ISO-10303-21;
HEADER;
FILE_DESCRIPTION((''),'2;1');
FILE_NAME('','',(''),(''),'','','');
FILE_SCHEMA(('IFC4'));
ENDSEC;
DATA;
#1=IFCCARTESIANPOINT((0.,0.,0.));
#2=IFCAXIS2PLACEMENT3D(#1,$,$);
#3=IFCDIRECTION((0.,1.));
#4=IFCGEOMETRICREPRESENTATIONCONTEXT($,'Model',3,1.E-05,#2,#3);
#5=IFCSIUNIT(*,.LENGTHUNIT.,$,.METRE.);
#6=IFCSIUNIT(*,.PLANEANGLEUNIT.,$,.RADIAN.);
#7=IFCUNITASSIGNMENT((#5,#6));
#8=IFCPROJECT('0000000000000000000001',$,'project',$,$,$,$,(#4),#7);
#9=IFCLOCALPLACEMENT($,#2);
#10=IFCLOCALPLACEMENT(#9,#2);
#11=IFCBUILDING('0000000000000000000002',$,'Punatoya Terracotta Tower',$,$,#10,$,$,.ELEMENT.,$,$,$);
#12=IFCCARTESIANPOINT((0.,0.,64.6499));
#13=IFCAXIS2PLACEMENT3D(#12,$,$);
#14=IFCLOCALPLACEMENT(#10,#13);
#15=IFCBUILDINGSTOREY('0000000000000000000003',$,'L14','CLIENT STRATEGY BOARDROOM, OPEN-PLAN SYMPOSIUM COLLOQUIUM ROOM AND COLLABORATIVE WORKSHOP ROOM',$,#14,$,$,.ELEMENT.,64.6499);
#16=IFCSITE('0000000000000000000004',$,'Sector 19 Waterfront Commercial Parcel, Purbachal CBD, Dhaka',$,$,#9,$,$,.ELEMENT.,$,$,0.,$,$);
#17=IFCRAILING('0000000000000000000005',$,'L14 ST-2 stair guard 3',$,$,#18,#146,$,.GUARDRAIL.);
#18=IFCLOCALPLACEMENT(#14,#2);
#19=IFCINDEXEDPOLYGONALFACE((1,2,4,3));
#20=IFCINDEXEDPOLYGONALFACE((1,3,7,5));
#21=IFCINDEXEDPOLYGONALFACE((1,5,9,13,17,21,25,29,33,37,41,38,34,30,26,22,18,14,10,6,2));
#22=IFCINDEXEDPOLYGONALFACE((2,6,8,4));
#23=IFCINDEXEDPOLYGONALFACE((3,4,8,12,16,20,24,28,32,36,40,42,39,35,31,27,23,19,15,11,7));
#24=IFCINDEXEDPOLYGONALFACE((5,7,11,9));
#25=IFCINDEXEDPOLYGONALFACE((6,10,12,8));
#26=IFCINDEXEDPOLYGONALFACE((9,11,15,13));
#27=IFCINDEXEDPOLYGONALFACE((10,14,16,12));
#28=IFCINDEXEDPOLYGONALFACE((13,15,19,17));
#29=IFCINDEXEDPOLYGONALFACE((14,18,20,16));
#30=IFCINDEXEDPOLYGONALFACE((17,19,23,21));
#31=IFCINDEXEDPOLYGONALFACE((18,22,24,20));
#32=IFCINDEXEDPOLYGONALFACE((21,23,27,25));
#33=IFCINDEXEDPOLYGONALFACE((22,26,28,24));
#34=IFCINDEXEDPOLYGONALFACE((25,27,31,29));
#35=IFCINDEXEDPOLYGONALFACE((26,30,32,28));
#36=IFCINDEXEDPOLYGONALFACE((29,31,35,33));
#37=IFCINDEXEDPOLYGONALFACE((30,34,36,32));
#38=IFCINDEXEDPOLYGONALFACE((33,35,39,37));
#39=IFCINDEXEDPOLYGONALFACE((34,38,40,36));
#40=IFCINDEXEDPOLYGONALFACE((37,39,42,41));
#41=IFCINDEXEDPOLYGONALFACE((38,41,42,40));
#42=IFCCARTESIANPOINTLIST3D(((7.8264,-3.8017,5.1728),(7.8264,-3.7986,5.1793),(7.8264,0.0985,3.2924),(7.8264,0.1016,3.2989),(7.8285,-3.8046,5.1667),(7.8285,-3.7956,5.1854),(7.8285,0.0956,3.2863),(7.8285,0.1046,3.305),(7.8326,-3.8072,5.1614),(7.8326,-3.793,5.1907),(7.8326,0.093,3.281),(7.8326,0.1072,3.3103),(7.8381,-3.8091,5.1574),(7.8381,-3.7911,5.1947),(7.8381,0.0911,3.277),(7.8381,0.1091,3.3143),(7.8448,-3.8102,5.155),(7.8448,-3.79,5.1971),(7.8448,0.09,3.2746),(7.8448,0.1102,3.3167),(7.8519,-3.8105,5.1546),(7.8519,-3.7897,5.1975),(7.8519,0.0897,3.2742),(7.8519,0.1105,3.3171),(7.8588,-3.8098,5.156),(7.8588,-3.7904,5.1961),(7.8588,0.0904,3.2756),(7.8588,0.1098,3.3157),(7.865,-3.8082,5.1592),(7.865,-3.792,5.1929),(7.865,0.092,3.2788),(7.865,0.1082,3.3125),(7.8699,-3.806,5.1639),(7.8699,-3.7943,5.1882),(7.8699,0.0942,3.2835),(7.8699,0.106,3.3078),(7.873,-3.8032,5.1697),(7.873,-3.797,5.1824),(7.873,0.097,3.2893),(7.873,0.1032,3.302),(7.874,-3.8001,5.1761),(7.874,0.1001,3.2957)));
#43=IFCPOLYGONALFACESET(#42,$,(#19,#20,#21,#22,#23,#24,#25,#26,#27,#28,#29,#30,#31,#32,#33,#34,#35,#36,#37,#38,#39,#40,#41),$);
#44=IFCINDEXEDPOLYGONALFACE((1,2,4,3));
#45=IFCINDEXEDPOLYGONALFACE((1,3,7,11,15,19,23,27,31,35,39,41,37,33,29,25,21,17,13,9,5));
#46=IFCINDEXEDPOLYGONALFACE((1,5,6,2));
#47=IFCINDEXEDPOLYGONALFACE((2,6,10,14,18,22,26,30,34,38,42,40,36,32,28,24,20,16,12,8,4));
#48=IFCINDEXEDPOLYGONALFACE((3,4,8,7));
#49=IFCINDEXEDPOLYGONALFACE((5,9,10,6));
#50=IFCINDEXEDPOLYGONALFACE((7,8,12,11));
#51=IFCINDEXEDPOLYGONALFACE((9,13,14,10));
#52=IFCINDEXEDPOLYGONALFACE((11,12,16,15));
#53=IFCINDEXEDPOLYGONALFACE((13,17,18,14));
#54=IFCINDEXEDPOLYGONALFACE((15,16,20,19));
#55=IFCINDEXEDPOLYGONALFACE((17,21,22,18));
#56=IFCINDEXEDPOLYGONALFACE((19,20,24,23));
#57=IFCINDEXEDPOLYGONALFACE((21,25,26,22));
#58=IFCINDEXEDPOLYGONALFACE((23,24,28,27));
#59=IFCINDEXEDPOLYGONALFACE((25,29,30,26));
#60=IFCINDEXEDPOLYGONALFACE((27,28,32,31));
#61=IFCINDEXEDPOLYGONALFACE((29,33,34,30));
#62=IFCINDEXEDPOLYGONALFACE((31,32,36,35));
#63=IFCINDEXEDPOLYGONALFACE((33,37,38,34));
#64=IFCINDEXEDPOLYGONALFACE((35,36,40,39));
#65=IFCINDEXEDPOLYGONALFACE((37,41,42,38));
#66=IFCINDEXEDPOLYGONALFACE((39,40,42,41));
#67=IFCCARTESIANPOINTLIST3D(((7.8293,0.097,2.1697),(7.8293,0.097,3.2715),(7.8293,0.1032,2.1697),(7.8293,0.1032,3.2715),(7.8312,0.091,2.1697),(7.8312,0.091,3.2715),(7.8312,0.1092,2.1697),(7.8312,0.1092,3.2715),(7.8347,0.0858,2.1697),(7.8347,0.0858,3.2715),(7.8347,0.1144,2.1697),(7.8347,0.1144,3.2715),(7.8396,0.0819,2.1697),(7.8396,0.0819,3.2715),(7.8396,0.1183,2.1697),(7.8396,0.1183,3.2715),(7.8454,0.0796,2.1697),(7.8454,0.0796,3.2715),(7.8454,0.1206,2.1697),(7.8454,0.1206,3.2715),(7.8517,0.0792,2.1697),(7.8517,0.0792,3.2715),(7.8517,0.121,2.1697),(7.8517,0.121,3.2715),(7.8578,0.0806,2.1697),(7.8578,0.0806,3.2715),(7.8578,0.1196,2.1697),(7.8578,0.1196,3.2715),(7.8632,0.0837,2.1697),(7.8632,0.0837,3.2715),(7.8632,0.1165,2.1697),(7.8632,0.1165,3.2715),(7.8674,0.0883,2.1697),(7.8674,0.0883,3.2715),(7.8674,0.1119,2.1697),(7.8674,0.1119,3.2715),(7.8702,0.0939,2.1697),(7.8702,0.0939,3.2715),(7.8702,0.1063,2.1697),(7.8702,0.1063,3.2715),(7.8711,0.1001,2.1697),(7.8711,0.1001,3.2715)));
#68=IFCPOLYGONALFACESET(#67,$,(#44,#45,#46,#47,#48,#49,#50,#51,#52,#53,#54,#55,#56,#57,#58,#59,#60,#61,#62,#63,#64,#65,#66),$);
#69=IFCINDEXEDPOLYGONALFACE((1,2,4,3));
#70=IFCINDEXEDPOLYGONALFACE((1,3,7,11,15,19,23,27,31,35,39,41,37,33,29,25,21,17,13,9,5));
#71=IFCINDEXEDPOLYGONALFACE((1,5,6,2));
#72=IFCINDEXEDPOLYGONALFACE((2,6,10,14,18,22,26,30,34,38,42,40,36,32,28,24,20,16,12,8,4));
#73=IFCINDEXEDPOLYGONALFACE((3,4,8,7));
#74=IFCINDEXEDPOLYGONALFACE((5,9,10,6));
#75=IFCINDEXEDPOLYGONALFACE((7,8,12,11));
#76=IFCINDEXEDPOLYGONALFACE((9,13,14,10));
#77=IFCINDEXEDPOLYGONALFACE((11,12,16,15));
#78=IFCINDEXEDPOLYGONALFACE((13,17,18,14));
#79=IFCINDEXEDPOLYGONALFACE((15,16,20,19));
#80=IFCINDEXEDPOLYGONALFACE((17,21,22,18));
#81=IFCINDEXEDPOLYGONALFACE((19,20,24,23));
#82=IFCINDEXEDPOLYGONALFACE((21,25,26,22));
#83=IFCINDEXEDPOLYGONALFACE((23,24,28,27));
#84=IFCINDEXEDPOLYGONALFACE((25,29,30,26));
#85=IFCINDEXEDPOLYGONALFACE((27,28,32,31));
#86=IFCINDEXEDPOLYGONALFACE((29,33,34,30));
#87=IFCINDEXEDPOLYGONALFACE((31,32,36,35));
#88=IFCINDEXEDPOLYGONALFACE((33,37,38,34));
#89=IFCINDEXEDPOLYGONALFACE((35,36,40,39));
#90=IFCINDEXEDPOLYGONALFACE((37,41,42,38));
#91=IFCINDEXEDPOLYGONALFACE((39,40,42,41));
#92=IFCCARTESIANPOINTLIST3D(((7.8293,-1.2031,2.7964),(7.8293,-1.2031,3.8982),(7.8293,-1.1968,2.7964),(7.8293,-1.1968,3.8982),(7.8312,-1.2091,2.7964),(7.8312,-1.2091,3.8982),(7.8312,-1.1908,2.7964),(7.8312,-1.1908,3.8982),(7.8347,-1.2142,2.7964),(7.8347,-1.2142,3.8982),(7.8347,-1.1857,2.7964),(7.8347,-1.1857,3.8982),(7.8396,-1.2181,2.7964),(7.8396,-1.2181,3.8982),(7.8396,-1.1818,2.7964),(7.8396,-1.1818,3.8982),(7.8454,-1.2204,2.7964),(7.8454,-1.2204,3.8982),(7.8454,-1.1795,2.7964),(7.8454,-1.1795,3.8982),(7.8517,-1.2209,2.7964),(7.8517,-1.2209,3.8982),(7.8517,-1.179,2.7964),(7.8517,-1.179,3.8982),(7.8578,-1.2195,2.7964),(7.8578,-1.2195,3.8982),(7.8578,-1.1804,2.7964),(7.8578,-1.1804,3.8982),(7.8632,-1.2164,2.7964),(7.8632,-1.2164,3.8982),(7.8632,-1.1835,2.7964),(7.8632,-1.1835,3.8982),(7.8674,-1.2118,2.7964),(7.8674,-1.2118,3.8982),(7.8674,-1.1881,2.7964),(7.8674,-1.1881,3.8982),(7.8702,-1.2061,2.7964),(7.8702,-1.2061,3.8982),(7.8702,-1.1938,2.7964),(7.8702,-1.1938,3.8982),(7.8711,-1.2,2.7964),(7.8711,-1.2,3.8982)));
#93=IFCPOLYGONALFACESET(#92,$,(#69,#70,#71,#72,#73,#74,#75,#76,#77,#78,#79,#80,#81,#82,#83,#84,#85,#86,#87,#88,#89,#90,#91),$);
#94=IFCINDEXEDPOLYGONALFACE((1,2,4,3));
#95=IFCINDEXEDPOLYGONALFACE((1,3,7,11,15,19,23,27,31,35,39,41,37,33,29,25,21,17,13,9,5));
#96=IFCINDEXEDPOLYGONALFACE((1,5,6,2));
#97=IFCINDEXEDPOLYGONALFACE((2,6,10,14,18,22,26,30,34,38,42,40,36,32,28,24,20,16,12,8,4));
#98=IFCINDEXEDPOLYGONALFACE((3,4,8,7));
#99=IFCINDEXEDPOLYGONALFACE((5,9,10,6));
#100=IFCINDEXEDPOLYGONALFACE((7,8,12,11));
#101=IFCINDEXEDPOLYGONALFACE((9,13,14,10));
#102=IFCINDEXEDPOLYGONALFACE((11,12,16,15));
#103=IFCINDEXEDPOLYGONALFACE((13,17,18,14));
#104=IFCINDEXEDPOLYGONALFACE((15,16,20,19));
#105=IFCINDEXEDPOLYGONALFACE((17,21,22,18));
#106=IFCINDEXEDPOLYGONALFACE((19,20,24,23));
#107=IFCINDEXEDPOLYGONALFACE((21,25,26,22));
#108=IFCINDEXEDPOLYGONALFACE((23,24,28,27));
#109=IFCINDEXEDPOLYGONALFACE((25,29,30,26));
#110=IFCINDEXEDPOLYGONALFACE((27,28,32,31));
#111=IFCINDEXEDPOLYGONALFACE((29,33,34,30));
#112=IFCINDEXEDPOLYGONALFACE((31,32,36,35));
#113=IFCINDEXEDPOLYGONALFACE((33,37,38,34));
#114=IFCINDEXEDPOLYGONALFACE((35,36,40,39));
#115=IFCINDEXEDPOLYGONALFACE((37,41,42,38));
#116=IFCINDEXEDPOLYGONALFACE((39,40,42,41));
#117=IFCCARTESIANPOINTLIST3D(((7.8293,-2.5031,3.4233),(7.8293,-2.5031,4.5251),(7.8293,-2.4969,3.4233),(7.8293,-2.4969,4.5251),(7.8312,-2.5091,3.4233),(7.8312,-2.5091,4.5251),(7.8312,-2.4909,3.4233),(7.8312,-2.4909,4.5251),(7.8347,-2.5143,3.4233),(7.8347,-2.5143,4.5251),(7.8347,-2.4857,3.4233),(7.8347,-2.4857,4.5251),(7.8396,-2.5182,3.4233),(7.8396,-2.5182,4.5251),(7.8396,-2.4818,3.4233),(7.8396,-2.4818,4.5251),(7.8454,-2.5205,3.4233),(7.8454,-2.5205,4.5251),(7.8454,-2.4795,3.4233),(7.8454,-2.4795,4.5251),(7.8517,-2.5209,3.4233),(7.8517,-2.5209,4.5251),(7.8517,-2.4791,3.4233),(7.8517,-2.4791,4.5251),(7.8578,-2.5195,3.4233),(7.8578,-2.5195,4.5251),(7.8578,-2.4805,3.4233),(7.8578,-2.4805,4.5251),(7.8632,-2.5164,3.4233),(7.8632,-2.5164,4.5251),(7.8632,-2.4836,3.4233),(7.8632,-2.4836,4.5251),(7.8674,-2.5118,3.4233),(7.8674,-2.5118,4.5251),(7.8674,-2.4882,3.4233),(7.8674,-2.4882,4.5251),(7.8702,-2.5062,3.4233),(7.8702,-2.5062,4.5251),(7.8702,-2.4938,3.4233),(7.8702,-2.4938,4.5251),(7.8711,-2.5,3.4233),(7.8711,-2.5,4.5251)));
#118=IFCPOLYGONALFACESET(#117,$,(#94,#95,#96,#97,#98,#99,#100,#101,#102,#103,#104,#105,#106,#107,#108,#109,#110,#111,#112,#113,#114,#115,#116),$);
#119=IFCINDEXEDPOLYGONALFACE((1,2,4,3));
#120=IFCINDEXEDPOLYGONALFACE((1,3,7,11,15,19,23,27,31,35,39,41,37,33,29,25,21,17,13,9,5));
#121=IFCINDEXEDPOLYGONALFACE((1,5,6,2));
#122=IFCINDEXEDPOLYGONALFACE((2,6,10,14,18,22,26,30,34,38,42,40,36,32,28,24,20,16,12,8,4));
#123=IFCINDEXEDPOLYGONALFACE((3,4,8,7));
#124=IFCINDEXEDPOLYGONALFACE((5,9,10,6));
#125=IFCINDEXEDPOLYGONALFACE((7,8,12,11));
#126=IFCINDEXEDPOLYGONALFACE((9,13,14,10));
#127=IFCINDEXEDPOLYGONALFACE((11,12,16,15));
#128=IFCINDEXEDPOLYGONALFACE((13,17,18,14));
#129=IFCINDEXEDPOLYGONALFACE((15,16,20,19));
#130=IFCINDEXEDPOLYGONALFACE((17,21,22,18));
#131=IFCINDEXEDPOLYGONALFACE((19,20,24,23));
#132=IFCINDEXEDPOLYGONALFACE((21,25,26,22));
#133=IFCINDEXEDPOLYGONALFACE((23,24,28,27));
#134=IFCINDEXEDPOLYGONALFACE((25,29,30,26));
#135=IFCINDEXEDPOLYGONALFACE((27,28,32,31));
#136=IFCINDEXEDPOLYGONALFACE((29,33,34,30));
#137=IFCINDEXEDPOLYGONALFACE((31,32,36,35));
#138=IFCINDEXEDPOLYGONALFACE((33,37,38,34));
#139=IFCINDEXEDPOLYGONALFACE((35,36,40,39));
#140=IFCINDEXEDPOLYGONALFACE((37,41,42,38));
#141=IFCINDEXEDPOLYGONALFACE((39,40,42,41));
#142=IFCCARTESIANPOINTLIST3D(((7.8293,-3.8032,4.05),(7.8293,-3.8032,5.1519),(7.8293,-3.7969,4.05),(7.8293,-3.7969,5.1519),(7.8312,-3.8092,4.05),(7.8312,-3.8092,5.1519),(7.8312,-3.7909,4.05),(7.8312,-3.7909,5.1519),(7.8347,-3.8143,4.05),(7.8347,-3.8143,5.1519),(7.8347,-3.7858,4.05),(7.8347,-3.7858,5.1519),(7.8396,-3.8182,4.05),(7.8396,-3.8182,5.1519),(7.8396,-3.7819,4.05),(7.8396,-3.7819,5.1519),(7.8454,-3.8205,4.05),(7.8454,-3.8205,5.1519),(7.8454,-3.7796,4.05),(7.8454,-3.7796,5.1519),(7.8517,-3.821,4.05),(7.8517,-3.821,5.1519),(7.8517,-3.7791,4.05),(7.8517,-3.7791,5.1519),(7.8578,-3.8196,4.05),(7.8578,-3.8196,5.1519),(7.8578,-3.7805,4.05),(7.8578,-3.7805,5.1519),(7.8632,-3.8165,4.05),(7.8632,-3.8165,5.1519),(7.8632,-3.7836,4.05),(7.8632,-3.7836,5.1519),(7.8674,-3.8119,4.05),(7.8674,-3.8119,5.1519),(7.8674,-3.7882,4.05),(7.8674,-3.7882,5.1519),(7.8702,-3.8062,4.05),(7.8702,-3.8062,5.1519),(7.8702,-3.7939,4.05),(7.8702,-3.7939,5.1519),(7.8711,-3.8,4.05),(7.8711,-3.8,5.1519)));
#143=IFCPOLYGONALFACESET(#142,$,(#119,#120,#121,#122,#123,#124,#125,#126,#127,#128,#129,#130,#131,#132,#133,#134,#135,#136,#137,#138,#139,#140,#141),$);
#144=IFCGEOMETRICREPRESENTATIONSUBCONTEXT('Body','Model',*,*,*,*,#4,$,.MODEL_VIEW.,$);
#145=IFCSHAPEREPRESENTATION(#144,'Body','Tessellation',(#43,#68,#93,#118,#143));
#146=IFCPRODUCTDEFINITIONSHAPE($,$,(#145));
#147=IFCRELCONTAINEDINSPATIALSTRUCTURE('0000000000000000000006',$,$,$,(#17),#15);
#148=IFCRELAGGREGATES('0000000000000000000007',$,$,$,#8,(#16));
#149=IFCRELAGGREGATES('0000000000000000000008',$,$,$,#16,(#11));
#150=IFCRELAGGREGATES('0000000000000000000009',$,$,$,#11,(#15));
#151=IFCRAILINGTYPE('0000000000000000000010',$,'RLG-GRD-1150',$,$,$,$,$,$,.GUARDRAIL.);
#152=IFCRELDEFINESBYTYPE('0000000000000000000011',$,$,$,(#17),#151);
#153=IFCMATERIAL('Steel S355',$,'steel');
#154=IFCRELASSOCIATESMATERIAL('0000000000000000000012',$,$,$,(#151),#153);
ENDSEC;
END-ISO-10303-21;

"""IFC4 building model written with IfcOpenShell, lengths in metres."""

from ifc_helpers import new_model, si_unit, direction, frame, origin, origin_2d, place, context, subcontext, project, spatial, circle, extrude, material, type_object, element, save


model = new_model("IFC4")

# Units and contexts
model_context = context("Model", 3, precision=1e-05, world=origin(), true_north=direction((0.0, 1.0)))
body_context = subcontext(model_context, "Body", "Model", "MODEL_VIEW")
ifc_project = project(units=[si_unit("LENGTHUNIT", "METRE"), si_unit("PLANEANGLEUNIT", "RADIAN")], contexts=[model_context])

# Site, building, storey
site_placement = place(None, origin())
site = spatial("IfcSite", under=ifc_project, at=site_placement, Name="Sector 19 Waterfront Commercial Parcel, Purbachal CBD, Dhaka", CompositionType="ELEMENT", RefElevation=0.0)
building_placement = place(site_placement, origin())
building = spatial("IfcBuilding", under=site, at=building_placement, Name="Punatoya Terracotta Tower", CompositionType="ELEMENT")
storey_placement = place(building_placement, frame((0.0, 0.0, 64.6499)))
storey = spatial("IfcBuildingStorey", under=building, at=storey_placement, Name="L14", Description="CLIENT STRATEGY BOARDROOM, OPEN-PLAN SYMPOSIUM COLLOQUIUM ROOM AND COLLABORATIVE WORKSHOP ROOM", CompositionType="ELEMENT", Elevation=64.6499)

# Shared definitions
ifc_material_1 = material(Name="Steel S355", Category="steel")

# Railing
railing_type_1 = type_object("IfcRailingType", Name="RLG-GRD-1150", PredefinedType="GUARDRAIL", material=ifc_material_1)
railing_1_placement = place(storey_placement, frame((7.8501, 0.1001, 2.1697)))
element("IfcRailing", 1, at=railing_1_placement, inside=storey, type_object=railing_type_1, Name="L14 ST-2 stair guard 3", PredefinedType="GUARDRAIL", context=body_context, shape_type="SweptSolid", body=[
    extrude(circle(Radius=0.0239, at=origin_2d()), frame((0.0, 0.0, 1.126), z_axis=(0.0, -0.900774, 0.434289), x_axis=(1.0, 0.0, 0.0)), (0.0, 0.0, 1.0), 4.3298),
    extrude(circle(Radius=0.021, at=origin_2d()), origin(), (0.0, 0.0, 1.0), 1.1018),
    extrude(circle(Radius=0.021, at=origin_2d()), frame((0.0, -1.3, 0.6267)), (0.0, 0.0, 1.0), 1.1018),
    extrude(circle(Radius=0.021, at=origin_2d()), frame((0.0, -2.6001, 1.2537)), (0.0, 0.0, 1.0), 1.1018),
    extrude(circle(Radius=0.021, at=origin_2d()), frame((0.0, -3.9001, 1.8804)), (0.0, 0.0, 1.0), 1.1018),
])

save(model, "model.ifc")
